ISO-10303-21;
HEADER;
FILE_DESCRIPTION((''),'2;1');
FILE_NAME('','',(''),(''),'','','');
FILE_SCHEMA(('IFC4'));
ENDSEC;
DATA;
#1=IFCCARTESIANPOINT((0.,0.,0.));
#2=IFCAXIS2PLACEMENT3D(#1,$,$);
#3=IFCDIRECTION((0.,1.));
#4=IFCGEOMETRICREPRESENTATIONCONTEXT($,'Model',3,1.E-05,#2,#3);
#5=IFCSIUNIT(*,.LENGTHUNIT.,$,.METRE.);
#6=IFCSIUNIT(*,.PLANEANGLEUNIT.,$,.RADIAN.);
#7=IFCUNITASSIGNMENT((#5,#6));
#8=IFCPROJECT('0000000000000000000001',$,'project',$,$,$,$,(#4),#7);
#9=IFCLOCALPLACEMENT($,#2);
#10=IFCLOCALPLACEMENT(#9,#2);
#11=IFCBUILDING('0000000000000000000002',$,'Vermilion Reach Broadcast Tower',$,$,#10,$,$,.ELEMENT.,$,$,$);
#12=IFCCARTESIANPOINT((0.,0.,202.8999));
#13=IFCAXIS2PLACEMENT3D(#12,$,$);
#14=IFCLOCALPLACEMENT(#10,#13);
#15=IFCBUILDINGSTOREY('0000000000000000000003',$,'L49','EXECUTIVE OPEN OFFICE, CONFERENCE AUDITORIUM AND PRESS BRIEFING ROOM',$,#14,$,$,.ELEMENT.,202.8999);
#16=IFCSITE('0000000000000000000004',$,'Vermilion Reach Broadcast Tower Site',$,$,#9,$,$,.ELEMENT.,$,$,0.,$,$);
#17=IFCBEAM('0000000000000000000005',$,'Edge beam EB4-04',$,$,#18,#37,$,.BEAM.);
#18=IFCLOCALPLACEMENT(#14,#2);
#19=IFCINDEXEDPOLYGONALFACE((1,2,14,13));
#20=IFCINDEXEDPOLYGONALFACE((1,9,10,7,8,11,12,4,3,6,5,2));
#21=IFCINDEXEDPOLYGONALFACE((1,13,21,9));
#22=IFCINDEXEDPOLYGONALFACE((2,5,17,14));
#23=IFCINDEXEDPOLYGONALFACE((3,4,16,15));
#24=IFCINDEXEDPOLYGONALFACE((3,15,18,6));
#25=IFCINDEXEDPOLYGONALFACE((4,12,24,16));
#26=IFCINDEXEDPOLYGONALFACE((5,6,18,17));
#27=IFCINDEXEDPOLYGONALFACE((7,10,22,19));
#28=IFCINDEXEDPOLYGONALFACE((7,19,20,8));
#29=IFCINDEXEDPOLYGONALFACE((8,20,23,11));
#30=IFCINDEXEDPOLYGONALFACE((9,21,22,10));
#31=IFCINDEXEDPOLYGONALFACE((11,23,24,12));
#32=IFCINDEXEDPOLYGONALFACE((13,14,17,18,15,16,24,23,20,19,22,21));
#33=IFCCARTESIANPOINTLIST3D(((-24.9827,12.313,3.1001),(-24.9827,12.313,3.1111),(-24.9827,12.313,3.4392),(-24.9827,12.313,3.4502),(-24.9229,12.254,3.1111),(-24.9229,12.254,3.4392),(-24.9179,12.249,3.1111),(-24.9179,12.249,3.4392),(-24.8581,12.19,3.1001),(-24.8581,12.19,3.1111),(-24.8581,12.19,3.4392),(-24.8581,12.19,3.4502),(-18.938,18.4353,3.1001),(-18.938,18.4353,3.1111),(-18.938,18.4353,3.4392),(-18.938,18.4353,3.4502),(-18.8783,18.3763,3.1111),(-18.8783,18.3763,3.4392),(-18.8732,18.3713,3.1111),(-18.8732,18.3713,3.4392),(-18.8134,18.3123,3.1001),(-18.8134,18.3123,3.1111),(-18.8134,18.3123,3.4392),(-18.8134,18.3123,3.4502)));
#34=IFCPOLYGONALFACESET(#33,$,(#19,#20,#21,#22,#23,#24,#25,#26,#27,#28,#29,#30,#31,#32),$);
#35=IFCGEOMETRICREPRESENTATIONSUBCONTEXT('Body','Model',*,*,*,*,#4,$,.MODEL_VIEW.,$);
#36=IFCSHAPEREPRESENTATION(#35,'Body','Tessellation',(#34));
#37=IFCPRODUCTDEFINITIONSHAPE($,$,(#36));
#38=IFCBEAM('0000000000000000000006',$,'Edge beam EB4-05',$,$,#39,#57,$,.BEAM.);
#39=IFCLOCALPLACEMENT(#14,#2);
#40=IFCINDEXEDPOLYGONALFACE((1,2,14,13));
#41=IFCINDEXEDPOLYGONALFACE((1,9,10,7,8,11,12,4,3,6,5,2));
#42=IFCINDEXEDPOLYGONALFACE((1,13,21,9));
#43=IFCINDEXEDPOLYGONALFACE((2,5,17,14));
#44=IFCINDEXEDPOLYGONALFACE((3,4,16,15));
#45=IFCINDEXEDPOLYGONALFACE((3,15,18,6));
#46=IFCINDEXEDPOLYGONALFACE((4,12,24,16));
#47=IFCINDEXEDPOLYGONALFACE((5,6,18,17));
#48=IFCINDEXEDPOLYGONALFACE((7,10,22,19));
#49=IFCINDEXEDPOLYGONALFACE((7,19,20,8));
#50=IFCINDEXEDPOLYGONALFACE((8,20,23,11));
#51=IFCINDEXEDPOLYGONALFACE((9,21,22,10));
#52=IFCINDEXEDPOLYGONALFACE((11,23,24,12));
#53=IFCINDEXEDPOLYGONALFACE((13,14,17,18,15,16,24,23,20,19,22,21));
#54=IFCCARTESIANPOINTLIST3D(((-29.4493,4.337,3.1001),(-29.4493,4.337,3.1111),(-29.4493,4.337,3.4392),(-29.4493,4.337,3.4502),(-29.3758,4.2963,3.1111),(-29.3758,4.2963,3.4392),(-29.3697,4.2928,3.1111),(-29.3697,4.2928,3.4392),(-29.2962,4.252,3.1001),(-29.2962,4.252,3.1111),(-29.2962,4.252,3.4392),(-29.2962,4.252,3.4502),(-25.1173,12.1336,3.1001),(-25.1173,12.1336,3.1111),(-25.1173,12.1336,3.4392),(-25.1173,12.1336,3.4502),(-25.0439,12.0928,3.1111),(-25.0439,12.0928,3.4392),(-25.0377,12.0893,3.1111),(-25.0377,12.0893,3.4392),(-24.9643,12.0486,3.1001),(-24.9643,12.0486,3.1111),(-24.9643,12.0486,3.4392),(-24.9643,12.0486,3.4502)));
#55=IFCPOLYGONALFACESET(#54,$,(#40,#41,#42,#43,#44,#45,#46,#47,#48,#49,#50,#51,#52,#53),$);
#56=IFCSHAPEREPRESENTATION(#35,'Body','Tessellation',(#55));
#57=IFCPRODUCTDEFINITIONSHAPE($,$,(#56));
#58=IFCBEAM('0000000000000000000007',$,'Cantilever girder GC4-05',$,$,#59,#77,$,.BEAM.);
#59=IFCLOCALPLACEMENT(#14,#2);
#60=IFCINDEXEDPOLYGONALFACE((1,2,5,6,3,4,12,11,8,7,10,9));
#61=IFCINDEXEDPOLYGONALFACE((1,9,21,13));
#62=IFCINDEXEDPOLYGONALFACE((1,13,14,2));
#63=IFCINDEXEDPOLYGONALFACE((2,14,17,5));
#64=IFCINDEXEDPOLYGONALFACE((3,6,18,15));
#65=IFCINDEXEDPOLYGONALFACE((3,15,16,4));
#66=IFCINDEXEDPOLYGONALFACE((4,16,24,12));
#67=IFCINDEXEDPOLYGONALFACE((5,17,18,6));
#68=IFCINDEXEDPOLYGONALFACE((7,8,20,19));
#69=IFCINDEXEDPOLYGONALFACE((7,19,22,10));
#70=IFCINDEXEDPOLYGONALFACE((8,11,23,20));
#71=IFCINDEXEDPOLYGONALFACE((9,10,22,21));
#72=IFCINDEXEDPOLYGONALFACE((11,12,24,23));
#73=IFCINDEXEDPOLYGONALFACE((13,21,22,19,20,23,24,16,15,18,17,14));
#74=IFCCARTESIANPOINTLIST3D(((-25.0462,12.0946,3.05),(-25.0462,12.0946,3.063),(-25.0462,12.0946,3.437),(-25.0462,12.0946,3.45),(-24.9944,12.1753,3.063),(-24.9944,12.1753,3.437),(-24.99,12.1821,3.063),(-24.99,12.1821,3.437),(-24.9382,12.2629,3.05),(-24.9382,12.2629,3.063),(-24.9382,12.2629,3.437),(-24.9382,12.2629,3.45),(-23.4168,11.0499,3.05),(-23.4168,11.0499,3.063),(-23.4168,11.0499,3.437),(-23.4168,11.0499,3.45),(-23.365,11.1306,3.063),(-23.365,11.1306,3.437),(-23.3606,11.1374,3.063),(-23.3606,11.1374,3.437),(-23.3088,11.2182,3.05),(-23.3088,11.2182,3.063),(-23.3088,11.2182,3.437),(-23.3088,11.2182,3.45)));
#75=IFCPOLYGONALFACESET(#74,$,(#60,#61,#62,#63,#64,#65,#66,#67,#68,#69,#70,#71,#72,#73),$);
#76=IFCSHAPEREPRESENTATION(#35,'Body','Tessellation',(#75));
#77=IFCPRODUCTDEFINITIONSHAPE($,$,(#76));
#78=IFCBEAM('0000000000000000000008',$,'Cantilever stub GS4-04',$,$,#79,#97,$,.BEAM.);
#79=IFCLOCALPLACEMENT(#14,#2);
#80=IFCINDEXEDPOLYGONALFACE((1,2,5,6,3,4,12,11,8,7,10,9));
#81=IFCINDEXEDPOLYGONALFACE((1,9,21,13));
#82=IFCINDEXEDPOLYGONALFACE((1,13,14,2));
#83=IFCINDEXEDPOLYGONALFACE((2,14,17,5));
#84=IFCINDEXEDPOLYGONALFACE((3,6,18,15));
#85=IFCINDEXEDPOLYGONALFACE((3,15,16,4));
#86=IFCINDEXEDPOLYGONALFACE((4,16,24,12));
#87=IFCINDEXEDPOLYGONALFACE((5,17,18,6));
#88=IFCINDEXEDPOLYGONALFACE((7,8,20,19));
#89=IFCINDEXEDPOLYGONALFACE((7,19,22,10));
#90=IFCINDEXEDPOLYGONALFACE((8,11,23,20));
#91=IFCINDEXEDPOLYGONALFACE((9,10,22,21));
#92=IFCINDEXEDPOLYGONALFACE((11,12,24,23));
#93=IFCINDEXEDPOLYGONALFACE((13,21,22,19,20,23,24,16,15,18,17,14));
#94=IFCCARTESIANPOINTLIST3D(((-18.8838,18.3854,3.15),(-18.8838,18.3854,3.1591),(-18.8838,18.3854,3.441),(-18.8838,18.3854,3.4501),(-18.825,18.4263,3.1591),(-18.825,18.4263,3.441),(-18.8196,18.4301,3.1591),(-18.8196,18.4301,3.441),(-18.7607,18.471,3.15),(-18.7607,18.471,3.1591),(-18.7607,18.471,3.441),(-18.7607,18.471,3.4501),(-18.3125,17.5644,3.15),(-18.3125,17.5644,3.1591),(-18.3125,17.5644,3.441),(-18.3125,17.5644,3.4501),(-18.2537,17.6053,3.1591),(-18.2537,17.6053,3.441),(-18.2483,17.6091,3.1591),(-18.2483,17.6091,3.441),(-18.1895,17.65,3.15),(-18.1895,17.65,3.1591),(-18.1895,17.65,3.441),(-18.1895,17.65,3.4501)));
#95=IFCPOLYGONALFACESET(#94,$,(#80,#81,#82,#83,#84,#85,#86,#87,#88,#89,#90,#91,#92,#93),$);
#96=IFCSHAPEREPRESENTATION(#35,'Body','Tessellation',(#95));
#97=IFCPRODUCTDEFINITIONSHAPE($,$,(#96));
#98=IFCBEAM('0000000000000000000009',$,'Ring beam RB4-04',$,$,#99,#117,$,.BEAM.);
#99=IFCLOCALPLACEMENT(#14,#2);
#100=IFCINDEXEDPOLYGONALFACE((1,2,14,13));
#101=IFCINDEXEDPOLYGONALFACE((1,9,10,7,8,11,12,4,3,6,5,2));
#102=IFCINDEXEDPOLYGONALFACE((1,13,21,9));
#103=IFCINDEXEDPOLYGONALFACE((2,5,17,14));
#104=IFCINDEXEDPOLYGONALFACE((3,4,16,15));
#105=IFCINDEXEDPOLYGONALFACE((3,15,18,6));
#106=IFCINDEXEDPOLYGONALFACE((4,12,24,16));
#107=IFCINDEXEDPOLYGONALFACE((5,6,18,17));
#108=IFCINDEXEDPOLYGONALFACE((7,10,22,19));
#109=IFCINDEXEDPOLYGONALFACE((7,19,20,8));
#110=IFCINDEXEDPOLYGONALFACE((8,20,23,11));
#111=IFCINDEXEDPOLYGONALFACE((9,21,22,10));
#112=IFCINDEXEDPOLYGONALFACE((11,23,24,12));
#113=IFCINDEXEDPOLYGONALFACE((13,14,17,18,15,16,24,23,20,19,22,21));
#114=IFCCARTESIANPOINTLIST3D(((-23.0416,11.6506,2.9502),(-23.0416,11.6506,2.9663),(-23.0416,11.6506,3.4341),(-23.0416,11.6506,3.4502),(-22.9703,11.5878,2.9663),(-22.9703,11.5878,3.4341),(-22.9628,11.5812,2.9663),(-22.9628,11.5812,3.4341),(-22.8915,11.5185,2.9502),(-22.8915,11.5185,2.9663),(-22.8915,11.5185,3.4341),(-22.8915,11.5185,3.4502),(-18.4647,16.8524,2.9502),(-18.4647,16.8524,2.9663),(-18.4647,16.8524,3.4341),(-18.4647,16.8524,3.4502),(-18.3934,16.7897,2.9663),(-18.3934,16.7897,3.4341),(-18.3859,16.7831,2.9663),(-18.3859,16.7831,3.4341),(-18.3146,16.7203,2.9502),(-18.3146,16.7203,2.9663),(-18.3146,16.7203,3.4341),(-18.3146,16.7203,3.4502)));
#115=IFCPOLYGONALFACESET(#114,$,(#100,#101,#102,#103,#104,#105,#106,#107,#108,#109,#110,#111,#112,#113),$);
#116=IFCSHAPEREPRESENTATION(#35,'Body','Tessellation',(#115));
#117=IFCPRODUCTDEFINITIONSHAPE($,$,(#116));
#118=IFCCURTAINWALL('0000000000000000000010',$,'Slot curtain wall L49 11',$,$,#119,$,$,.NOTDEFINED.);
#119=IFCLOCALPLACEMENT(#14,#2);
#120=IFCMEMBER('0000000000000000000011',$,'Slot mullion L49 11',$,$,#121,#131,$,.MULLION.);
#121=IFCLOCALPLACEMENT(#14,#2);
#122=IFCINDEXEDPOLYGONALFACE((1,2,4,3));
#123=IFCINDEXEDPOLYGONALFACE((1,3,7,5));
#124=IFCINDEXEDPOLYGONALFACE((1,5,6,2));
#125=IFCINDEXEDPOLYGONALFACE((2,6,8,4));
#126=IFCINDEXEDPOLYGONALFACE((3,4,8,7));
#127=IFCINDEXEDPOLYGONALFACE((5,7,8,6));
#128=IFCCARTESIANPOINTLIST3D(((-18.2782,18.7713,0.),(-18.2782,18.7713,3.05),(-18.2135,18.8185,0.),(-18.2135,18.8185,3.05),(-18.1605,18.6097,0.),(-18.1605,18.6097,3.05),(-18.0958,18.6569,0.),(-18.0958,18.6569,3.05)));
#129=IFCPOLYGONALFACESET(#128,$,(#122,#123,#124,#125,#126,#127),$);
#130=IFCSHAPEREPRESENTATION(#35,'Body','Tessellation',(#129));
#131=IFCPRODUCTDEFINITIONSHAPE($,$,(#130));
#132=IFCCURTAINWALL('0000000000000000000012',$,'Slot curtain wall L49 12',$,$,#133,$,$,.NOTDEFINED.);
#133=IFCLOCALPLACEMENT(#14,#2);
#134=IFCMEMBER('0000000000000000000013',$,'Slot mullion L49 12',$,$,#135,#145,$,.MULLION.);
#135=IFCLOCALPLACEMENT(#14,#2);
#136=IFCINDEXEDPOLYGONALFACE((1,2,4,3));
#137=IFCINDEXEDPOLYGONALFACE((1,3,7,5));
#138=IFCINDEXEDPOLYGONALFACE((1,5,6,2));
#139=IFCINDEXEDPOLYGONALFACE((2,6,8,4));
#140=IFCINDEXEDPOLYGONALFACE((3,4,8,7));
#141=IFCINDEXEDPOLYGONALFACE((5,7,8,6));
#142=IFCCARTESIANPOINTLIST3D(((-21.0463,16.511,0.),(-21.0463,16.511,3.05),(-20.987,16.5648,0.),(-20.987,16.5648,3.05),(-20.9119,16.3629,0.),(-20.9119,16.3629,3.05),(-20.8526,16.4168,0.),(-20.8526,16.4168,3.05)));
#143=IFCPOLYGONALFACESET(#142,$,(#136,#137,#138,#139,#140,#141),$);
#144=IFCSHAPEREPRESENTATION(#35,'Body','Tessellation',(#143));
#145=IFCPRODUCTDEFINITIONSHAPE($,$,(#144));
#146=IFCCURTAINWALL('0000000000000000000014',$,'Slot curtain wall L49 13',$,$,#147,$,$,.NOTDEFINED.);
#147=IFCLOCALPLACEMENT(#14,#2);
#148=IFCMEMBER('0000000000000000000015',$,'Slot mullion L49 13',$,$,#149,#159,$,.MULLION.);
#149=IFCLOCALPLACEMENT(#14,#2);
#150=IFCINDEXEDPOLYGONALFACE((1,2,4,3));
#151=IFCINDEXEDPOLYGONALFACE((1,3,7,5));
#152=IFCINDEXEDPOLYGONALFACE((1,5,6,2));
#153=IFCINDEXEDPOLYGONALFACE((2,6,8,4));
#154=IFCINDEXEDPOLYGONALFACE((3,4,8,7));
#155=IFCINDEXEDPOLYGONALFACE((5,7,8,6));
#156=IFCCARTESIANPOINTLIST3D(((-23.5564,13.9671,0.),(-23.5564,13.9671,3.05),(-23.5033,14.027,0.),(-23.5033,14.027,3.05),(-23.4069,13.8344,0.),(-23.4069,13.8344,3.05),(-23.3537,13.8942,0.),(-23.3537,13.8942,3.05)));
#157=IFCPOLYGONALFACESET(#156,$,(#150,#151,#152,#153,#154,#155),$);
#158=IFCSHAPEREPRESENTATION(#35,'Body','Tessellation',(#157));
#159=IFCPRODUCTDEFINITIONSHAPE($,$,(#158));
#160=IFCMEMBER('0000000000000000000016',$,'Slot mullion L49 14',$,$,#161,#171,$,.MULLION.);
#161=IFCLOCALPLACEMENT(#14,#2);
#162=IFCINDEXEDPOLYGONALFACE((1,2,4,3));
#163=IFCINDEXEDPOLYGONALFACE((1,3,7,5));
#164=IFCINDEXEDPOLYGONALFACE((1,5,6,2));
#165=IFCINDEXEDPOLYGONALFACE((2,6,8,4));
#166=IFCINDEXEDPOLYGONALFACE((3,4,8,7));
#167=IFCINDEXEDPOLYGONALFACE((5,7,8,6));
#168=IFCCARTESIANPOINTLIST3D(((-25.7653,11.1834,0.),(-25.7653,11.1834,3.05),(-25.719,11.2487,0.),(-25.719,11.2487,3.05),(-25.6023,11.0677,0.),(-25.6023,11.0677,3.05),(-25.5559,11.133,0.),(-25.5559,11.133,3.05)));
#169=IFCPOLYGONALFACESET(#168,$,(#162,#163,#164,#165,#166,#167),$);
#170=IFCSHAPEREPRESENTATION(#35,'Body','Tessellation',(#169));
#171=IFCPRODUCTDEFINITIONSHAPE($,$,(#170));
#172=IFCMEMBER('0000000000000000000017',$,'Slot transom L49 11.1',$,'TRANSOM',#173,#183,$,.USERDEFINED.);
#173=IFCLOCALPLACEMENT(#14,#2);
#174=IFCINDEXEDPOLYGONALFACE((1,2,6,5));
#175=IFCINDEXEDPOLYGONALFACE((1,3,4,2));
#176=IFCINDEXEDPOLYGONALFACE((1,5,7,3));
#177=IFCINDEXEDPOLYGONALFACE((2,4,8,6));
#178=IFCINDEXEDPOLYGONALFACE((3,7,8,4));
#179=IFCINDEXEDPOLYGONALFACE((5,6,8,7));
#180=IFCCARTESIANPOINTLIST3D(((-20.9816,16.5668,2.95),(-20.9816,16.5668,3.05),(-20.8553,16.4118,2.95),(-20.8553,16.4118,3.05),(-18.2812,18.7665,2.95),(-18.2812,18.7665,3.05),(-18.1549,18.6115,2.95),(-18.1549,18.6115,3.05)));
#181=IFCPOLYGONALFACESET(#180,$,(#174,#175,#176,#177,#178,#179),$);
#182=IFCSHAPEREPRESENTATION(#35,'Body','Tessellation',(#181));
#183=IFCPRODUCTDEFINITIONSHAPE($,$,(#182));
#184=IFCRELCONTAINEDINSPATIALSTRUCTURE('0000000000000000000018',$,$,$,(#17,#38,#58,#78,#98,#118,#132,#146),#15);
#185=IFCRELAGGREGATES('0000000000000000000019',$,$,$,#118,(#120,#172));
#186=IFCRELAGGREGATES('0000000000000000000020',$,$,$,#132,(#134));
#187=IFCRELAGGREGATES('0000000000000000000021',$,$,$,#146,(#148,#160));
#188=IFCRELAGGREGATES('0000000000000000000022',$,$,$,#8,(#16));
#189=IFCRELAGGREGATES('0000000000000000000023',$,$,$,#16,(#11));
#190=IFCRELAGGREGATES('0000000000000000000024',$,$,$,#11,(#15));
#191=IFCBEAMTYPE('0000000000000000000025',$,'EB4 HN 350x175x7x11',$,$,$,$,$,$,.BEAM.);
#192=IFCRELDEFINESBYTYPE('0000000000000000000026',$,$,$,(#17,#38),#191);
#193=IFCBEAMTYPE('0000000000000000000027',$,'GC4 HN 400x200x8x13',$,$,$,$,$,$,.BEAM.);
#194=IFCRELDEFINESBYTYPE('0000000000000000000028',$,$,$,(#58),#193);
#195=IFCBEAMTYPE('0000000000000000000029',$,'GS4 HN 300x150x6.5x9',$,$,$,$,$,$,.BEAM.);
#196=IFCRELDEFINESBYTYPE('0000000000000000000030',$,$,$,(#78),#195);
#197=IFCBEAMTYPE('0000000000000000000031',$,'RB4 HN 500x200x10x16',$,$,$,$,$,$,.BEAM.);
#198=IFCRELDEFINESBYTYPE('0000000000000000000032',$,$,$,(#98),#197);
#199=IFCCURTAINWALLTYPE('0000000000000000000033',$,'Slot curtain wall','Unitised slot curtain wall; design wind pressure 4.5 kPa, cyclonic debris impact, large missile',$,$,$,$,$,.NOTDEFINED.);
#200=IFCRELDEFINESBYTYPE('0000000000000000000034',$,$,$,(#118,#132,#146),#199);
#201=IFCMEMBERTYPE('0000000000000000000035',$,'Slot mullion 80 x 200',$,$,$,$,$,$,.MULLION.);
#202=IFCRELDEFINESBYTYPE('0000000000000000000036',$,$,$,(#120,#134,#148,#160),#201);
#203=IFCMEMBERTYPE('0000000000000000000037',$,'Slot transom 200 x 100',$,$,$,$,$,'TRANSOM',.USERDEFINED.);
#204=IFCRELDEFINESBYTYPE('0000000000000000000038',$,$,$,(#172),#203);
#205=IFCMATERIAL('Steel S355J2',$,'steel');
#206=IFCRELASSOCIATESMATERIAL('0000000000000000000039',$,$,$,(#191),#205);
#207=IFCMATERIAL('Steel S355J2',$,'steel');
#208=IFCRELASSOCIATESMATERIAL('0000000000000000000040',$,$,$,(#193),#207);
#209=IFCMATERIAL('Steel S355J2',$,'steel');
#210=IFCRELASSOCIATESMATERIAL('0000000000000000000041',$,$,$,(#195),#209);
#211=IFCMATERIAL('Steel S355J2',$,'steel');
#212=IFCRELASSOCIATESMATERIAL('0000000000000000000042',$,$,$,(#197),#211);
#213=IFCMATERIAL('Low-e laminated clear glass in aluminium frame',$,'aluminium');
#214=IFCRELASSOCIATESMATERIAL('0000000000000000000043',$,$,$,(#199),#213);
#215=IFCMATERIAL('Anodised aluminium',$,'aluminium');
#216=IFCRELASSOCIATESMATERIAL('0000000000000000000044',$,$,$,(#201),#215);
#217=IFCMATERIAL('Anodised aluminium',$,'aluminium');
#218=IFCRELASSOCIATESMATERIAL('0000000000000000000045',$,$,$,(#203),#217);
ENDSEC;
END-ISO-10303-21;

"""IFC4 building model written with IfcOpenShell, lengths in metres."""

from ifc_helpers import new_model, si_unit, direction, frame, origin, origin_2d, place, context, subcontext, project, spatial, rectangle, i_section, extrude, material, material_profile, profile_set, type_object, element, aggregate, save


model = new_model("IFC4")

# Units and contexts
model_context = context("Model", 3, precision=1e-05, world=origin(), true_north=direction((0.0, 1.0)))
body_context = subcontext(model_context, "Body", "Model", "MODEL_VIEW")
ifc_project = project(units=[si_unit("LENGTHUNIT", "METRE"), si_unit("PLANEANGLEUNIT", "RADIAN")], contexts=[model_context])

# Site, building, storey
site_placement = place(None, origin())
site = spatial("IfcSite", under=ifc_project, at=site_placement, Name="Vermilion Reach Broadcast Tower Site", CompositionType="ELEMENT", RefElevation=0.0)
building_placement = place(site_placement, origin())
building = spatial("IfcBuilding", under=site, at=building_placement, Name="Vermilion Reach Broadcast Tower", CompositionType="ELEMENT")
storey_placement = place(building_placement, frame((0.0, 0.0, 202.8999)))
storey = spatial("IfcBuildingStorey", under=building, at=storey_placement, Name="L49", Description="EXECUTIVE OPEN OFFICE, CONFERENCE AUDITORIUM AND PRESS BRIEFING ROOM", CompositionType="ELEMENT", Elevation=202.8999)

# Beams
ifc_material_1 = material(Name="Steel S355J2", Category="steel")
ifc_material_profile_1 = material_profile(ifc_material_1, i_section(OverallWidth=0.175, OverallDepth=0.3501, WebThickness=0.0071, FlangeThickness=0.011, at=origin_2d()), Name="S355J2 HN 350x175x7x11")
ifc_profile_set_1 = profile_set([ifc_material_profile_1], Name="Steel S355J2")
beam_type_1 = type_object("IfcBeamType", Name="EB4 HN 350x175x7x11", PredefinedType="BEAM", material=ifc_profile_set_1)
beam_1_placement = place(storey_placement, frame((-18.8757, 18.3738, 3.2751), z_axis=(-0.70258, -0.711604, 0.0), x_axis=(0.711604, -0.70258, 0.0)))
element("IfcBeam", 1, at=beam_1_placement, inside=storey, type_object=beam_type_1, Name="Edge beam EB4-04", PredefinedType="BEAM", context=body_context, shape_type="SweptSolid", body=[
    extrude(i_section(OverallWidth=0.175, OverallDepth=0.3501, WebThickness=0.0071, FlangeThickness=0.011, at=origin_2d()), origin(), (0.0, 0.0, 1.0), 8.6035),
])
beam_2_placement = place(storey_placement, frame((-25.0408, 12.0911, 3.2751), z_axis=(-0.485692, -0.87413, 0.0), x_axis=(0.87413, -0.485692, 0.0)))
element("IfcBeam", 2, at=beam_2_placement, inside=storey, type_object=beam_type_1, Name="Edge beam EB4-05", PredefinedType="BEAM", context=body_context, shape_type="SweptSolid", body=[
    extrude(i_section(OverallWidth=0.175, OverallDepth=0.3501, WebThickness=0.0071, FlangeThickness=0.011, at=origin_2d()), origin(), (0.0, 0.0, 1.0), 8.9192),
])
ifc_material_2 = material(Name="Steel S355J2", Category="steel")
ifc_material_profile_2 = material_profile(ifc_material_2, i_section(OverallWidth=0.2, OverallDepth=0.3999, WebThickness=0.0081, FlangeThickness=0.0129, at=origin_2d()), Name="S355J2 HN 400x200x8x13")
ifc_profile_set_2 = profile_set([ifc_material_profile_2], Name="Steel S355J2")
beam_type_2 = type_object("IfcBeamType", Name="GC4 HN 400x200x8x13", PredefinedType="BEAM", material=ifc_profile_set_2)
beam_3_placement = place(storey_placement, frame((-23.3628, 11.134, 3.25), z_axis=(-0.841834, 0.539737, 0.0), x_axis=(-0.539737, -0.841834, 0.0)))
element("IfcBeam", 3, at=beam_3_placement, inside=storey, type_object=beam_type_2, Name="Cantilever girder GC4-05", PredefinedType="BEAM", context=body_context, shape_type="SweptSolid", body=[
    extrude(i_section(OverallWidth=0.2, OverallDepth=0.3999, WebThickness=0.0081, FlangeThickness=0.0129, at=origin_2d()), origin(), (0.0, 0.0, 1.0), 1.9355),
])
ifc_material_3 = material(Name="Steel S355J2", Category="steel")
ifc_material_profile_3 = material_profile(ifc_material_3, i_section(OverallWidth=0.1499, OverallDepth=0.3, WebThickness=0.0066, FlangeThickness=0.009, at=origin_2d()), Name="S355J2 HN 300x150x6.5x9")
ifc_profile_set_3 = profile_set([ifc_material_profile_3], Name="Steel S355J2")
beam_type_3 = type_object("IfcBeamType", Name="GS4 HN 300x150x6.5x9", PredefinedType="BEAM", material=ifc_profile_set_3)
beam_4_placement = place(storey_placement, frame((-18.251, 17.6072, 3.3), z_axis=(-0.57115, 0.820845, 0.0), x_axis=(-0.820845, -0.57115, 0.0)))
element("IfcBeam", 4, at=beam_4_placement, inside=storey, type_object=beam_type_3, Name="Cantilever stub GS4-04", PredefinedType="BEAM", context=body_context, shape_type="SweptSolid", body=[
    extrude(i_section(OverallWidth=0.1499, OverallDepth=0.3, WebThickness=0.0066, FlangeThickness=0.009, at=origin_2d()), origin(), (0.0, 0.0, 1.0), 1.0002),
])
ifc_material_4 = material(Name="Steel S355J2", Category="steel")
ifc_material_profile_4 = material_profile(ifc_material_4, i_section(OverallWidth=0.2, OverallDepth=0.5, WebThickness=0.01, FlangeThickness=0.0161, at=origin_2d()), Name="S355J2 HN 500x200x10x16")
ifc_profile_set_4 = profile_set([ifc_material_profile_4], Name="Steel S355J2")
beam_type_4 = type_object("IfcBeamType", Name="RB4 HN 500x200x10x16", PredefinedType="BEAM", material=ifc_profile_set_4)
beam_5_placement = place(storey_placement, frame((-18.3896, 16.7864, 3.2002), z_axis=(-0.660565, -0.750769, 0.0), x_axis=(0.750769, -0.660565, 0.0)))
element("IfcBeam", 5, at=beam_5_placement, inside=storey, type_object=beam_type_4, Name="Ring beam RB4-04", PredefinedType="BEAM", context=body_context, shape_type="SweptSolid", body=[
    extrude(i_section(OverallWidth=0.2, OverallDepth=0.5, WebThickness=0.01, FlangeThickness=0.0161, at=origin_2d()), origin(), (0.0, 0.0, 1.0), 6.9287),
])

# Curtain walls, members
ifc_material_5 = material(Name="Low-e laminated clear glass in aluminium frame", Category="aluminium")
curtain_wall_type = type_object("IfcCurtainWallType", Name="Slot curtain wall", Description="Unitised slot curtain wall; design wind pressure 4.5 kPa, cyclonic debris impact, large missile", PredefinedType="NOTDEFINED", material=ifc_material_5)
placement = place(storey_placement, origin())
curtain_wall_1 = element("IfcCurtainWall", 6, at=placement, inside=storey, type_object=curtain_wall_type, Name="Slot curtain wall L49 11", PredefinedType="NOTDEFINED")
ifc_material_6 = material(Name="Anodised aluminium", Category="aluminium")
ifc_material_profile_5 = material_profile(ifc_material_6, rectangle(XDim=0.2, YDim=0.0801, at=origin_2d()), Name="Slot mullion 80 x 200")
ifc_profile_set_5 = profile_set([ifc_material_profile_5], Name="Anodised aluminium")
member_type_1 = type_object("IfcMemberType", Name="Slot mullion 80 x 200", PredefinedType="MULLION", material=ifc_profile_set_5)
member_1_placement = place(storey_placement, frame((-18.187, 18.7141, 0.0), z_axis=(0.0, 0.0, 1.0), x_axis=(0.588831, -0.808256, 0.0)))
member_1 = element("IfcMember", 7, at=member_1_placement, type_object=member_type_1, Name="Slot mullion L49 11", PredefinedType="MULLION", context=body_context, shape_type="SweptSolid", body=[
    extrude(rectangle(XDim=0.2, YDim=0.0801, at=origin_2d()), origin(), (0.0, 0.0, 1.0), 3.05),
])
curtain_wall_2 = element("IfcCurtainWall", 8, at=placement, inside=storey, type_object=curtain_wall_type, Name="Slot curtain wall L49 12", PredefinedType="NOTDEFINED")
member_2_placement = place(storey_placement, frame((-20.9495, 16.4639, 0.0), z_axis=(0.0, 0.0, 1.0), x_axis=(0.672238, -0.740336, 0.0)))
member_2 = element("IfcMember", 9, at=member_2_placement, type_object=member_type_1, Name="Slot mullion L49 12", PredefinedType="MULLION", context=body_context, shape_type="SweptSolid", body=[
    extrude(rectangle(XDim=0.2, YDim=0.0801, at=origin_2d()), origin(), (0.0, 0.0, 1.0), 3.05),
])

# Curtain wall, members
curtain_wall_3 = element("IfcCurtainWall", 10, at=placement, inside=storey, type_object=curtain_wall_type, Name="Slot curtain wall L49 13", PredefinedType="NOTDEFINED")
member_3_placement = place(storey_placement, frame((-23.4551, 13.9307, 0.0), z_axis=(0.0, 0.0, 1.0), x_axis=(0.747867, -0.663849, 0.0)))
member_3 = element("IfcMember", 11, at=member_3_placement, type_object=member_type_1, Name="Slot mullion L49 13", PredefinedType="MULLION", context=body_context, shape_type="SweptSolid", body=[
    extrude(rectangle(XDim=0.2, YDim=0.0801, at=origin_2d()), origin(), (0.0, 0.0, 1.0), 3.05),
])
member_4_placement = place(storey_placement, frame((-25.6606, 11.1582, 0.0), z_axis=(0.0, 0.0, 1.0), x_axis=(0.815542, -0.578698, 0.0)))
member_4 = element("IfcMember", 12, at=member_4_placement, type_object=member_type_1, Name="Slot mullion L49 14", PredefinedType="MULLION", context=body_context, shape_type="SweptSolid", body=[
    extrude(rectangle(XDim=0.2, YDim=0.0801, at=origin_2d()), origin(), (0.0, 0.0, 1.0), 3.05),
])

# Member
ifc_material_7 = material(Name="Anodised aluminium", Category="aluminium")
ifc_material_profile_6 = material_profile(ifc_material_7, rectangle(XDim=0.2, YDim=0.1001, at=origin_2d()), Name="Slot transom 200 x 100")
ifc_profile_set_6 = profile_set([ifc_material_profile_6], Name="Anodised aluminium")
member_type_2 = type_object("IfcMemberType", Name="Slot transom 200 x 100", ElementType="TRANSOM", PredefinedType="USERDEFINED", material=ifc_profile_set_6)
member_5_placement = place(storey_placement, frame((-18.218, 18.689, 3.0), z_axis=(-0.775327, -0.631561, 0.0), x_axis=(0.631561, -0.775327, 0.0)))
member_5 = element("IfcMember", 13, at=member_5_placement, type_object=member_type_2, Name="Slot transom L49 11.1", ObjectType="TRANSOM", PredefinedType="USERDEFINED", context=body_context, shape_type="SweptSolid", body=[
    extrude(rectangle(XDim=0.2, YDim=0.1001, at=origin_2d()), origin(), (0.0, 0.0, 1.0), 3.4829),
])

aggregate(curtain_wall_1, [member_1, member_5])
aggregate(curtain_wall_2, [member_2])
aggregate(curtain_wall_3, [member_3, member_4])

save(model, "model.ifc")
